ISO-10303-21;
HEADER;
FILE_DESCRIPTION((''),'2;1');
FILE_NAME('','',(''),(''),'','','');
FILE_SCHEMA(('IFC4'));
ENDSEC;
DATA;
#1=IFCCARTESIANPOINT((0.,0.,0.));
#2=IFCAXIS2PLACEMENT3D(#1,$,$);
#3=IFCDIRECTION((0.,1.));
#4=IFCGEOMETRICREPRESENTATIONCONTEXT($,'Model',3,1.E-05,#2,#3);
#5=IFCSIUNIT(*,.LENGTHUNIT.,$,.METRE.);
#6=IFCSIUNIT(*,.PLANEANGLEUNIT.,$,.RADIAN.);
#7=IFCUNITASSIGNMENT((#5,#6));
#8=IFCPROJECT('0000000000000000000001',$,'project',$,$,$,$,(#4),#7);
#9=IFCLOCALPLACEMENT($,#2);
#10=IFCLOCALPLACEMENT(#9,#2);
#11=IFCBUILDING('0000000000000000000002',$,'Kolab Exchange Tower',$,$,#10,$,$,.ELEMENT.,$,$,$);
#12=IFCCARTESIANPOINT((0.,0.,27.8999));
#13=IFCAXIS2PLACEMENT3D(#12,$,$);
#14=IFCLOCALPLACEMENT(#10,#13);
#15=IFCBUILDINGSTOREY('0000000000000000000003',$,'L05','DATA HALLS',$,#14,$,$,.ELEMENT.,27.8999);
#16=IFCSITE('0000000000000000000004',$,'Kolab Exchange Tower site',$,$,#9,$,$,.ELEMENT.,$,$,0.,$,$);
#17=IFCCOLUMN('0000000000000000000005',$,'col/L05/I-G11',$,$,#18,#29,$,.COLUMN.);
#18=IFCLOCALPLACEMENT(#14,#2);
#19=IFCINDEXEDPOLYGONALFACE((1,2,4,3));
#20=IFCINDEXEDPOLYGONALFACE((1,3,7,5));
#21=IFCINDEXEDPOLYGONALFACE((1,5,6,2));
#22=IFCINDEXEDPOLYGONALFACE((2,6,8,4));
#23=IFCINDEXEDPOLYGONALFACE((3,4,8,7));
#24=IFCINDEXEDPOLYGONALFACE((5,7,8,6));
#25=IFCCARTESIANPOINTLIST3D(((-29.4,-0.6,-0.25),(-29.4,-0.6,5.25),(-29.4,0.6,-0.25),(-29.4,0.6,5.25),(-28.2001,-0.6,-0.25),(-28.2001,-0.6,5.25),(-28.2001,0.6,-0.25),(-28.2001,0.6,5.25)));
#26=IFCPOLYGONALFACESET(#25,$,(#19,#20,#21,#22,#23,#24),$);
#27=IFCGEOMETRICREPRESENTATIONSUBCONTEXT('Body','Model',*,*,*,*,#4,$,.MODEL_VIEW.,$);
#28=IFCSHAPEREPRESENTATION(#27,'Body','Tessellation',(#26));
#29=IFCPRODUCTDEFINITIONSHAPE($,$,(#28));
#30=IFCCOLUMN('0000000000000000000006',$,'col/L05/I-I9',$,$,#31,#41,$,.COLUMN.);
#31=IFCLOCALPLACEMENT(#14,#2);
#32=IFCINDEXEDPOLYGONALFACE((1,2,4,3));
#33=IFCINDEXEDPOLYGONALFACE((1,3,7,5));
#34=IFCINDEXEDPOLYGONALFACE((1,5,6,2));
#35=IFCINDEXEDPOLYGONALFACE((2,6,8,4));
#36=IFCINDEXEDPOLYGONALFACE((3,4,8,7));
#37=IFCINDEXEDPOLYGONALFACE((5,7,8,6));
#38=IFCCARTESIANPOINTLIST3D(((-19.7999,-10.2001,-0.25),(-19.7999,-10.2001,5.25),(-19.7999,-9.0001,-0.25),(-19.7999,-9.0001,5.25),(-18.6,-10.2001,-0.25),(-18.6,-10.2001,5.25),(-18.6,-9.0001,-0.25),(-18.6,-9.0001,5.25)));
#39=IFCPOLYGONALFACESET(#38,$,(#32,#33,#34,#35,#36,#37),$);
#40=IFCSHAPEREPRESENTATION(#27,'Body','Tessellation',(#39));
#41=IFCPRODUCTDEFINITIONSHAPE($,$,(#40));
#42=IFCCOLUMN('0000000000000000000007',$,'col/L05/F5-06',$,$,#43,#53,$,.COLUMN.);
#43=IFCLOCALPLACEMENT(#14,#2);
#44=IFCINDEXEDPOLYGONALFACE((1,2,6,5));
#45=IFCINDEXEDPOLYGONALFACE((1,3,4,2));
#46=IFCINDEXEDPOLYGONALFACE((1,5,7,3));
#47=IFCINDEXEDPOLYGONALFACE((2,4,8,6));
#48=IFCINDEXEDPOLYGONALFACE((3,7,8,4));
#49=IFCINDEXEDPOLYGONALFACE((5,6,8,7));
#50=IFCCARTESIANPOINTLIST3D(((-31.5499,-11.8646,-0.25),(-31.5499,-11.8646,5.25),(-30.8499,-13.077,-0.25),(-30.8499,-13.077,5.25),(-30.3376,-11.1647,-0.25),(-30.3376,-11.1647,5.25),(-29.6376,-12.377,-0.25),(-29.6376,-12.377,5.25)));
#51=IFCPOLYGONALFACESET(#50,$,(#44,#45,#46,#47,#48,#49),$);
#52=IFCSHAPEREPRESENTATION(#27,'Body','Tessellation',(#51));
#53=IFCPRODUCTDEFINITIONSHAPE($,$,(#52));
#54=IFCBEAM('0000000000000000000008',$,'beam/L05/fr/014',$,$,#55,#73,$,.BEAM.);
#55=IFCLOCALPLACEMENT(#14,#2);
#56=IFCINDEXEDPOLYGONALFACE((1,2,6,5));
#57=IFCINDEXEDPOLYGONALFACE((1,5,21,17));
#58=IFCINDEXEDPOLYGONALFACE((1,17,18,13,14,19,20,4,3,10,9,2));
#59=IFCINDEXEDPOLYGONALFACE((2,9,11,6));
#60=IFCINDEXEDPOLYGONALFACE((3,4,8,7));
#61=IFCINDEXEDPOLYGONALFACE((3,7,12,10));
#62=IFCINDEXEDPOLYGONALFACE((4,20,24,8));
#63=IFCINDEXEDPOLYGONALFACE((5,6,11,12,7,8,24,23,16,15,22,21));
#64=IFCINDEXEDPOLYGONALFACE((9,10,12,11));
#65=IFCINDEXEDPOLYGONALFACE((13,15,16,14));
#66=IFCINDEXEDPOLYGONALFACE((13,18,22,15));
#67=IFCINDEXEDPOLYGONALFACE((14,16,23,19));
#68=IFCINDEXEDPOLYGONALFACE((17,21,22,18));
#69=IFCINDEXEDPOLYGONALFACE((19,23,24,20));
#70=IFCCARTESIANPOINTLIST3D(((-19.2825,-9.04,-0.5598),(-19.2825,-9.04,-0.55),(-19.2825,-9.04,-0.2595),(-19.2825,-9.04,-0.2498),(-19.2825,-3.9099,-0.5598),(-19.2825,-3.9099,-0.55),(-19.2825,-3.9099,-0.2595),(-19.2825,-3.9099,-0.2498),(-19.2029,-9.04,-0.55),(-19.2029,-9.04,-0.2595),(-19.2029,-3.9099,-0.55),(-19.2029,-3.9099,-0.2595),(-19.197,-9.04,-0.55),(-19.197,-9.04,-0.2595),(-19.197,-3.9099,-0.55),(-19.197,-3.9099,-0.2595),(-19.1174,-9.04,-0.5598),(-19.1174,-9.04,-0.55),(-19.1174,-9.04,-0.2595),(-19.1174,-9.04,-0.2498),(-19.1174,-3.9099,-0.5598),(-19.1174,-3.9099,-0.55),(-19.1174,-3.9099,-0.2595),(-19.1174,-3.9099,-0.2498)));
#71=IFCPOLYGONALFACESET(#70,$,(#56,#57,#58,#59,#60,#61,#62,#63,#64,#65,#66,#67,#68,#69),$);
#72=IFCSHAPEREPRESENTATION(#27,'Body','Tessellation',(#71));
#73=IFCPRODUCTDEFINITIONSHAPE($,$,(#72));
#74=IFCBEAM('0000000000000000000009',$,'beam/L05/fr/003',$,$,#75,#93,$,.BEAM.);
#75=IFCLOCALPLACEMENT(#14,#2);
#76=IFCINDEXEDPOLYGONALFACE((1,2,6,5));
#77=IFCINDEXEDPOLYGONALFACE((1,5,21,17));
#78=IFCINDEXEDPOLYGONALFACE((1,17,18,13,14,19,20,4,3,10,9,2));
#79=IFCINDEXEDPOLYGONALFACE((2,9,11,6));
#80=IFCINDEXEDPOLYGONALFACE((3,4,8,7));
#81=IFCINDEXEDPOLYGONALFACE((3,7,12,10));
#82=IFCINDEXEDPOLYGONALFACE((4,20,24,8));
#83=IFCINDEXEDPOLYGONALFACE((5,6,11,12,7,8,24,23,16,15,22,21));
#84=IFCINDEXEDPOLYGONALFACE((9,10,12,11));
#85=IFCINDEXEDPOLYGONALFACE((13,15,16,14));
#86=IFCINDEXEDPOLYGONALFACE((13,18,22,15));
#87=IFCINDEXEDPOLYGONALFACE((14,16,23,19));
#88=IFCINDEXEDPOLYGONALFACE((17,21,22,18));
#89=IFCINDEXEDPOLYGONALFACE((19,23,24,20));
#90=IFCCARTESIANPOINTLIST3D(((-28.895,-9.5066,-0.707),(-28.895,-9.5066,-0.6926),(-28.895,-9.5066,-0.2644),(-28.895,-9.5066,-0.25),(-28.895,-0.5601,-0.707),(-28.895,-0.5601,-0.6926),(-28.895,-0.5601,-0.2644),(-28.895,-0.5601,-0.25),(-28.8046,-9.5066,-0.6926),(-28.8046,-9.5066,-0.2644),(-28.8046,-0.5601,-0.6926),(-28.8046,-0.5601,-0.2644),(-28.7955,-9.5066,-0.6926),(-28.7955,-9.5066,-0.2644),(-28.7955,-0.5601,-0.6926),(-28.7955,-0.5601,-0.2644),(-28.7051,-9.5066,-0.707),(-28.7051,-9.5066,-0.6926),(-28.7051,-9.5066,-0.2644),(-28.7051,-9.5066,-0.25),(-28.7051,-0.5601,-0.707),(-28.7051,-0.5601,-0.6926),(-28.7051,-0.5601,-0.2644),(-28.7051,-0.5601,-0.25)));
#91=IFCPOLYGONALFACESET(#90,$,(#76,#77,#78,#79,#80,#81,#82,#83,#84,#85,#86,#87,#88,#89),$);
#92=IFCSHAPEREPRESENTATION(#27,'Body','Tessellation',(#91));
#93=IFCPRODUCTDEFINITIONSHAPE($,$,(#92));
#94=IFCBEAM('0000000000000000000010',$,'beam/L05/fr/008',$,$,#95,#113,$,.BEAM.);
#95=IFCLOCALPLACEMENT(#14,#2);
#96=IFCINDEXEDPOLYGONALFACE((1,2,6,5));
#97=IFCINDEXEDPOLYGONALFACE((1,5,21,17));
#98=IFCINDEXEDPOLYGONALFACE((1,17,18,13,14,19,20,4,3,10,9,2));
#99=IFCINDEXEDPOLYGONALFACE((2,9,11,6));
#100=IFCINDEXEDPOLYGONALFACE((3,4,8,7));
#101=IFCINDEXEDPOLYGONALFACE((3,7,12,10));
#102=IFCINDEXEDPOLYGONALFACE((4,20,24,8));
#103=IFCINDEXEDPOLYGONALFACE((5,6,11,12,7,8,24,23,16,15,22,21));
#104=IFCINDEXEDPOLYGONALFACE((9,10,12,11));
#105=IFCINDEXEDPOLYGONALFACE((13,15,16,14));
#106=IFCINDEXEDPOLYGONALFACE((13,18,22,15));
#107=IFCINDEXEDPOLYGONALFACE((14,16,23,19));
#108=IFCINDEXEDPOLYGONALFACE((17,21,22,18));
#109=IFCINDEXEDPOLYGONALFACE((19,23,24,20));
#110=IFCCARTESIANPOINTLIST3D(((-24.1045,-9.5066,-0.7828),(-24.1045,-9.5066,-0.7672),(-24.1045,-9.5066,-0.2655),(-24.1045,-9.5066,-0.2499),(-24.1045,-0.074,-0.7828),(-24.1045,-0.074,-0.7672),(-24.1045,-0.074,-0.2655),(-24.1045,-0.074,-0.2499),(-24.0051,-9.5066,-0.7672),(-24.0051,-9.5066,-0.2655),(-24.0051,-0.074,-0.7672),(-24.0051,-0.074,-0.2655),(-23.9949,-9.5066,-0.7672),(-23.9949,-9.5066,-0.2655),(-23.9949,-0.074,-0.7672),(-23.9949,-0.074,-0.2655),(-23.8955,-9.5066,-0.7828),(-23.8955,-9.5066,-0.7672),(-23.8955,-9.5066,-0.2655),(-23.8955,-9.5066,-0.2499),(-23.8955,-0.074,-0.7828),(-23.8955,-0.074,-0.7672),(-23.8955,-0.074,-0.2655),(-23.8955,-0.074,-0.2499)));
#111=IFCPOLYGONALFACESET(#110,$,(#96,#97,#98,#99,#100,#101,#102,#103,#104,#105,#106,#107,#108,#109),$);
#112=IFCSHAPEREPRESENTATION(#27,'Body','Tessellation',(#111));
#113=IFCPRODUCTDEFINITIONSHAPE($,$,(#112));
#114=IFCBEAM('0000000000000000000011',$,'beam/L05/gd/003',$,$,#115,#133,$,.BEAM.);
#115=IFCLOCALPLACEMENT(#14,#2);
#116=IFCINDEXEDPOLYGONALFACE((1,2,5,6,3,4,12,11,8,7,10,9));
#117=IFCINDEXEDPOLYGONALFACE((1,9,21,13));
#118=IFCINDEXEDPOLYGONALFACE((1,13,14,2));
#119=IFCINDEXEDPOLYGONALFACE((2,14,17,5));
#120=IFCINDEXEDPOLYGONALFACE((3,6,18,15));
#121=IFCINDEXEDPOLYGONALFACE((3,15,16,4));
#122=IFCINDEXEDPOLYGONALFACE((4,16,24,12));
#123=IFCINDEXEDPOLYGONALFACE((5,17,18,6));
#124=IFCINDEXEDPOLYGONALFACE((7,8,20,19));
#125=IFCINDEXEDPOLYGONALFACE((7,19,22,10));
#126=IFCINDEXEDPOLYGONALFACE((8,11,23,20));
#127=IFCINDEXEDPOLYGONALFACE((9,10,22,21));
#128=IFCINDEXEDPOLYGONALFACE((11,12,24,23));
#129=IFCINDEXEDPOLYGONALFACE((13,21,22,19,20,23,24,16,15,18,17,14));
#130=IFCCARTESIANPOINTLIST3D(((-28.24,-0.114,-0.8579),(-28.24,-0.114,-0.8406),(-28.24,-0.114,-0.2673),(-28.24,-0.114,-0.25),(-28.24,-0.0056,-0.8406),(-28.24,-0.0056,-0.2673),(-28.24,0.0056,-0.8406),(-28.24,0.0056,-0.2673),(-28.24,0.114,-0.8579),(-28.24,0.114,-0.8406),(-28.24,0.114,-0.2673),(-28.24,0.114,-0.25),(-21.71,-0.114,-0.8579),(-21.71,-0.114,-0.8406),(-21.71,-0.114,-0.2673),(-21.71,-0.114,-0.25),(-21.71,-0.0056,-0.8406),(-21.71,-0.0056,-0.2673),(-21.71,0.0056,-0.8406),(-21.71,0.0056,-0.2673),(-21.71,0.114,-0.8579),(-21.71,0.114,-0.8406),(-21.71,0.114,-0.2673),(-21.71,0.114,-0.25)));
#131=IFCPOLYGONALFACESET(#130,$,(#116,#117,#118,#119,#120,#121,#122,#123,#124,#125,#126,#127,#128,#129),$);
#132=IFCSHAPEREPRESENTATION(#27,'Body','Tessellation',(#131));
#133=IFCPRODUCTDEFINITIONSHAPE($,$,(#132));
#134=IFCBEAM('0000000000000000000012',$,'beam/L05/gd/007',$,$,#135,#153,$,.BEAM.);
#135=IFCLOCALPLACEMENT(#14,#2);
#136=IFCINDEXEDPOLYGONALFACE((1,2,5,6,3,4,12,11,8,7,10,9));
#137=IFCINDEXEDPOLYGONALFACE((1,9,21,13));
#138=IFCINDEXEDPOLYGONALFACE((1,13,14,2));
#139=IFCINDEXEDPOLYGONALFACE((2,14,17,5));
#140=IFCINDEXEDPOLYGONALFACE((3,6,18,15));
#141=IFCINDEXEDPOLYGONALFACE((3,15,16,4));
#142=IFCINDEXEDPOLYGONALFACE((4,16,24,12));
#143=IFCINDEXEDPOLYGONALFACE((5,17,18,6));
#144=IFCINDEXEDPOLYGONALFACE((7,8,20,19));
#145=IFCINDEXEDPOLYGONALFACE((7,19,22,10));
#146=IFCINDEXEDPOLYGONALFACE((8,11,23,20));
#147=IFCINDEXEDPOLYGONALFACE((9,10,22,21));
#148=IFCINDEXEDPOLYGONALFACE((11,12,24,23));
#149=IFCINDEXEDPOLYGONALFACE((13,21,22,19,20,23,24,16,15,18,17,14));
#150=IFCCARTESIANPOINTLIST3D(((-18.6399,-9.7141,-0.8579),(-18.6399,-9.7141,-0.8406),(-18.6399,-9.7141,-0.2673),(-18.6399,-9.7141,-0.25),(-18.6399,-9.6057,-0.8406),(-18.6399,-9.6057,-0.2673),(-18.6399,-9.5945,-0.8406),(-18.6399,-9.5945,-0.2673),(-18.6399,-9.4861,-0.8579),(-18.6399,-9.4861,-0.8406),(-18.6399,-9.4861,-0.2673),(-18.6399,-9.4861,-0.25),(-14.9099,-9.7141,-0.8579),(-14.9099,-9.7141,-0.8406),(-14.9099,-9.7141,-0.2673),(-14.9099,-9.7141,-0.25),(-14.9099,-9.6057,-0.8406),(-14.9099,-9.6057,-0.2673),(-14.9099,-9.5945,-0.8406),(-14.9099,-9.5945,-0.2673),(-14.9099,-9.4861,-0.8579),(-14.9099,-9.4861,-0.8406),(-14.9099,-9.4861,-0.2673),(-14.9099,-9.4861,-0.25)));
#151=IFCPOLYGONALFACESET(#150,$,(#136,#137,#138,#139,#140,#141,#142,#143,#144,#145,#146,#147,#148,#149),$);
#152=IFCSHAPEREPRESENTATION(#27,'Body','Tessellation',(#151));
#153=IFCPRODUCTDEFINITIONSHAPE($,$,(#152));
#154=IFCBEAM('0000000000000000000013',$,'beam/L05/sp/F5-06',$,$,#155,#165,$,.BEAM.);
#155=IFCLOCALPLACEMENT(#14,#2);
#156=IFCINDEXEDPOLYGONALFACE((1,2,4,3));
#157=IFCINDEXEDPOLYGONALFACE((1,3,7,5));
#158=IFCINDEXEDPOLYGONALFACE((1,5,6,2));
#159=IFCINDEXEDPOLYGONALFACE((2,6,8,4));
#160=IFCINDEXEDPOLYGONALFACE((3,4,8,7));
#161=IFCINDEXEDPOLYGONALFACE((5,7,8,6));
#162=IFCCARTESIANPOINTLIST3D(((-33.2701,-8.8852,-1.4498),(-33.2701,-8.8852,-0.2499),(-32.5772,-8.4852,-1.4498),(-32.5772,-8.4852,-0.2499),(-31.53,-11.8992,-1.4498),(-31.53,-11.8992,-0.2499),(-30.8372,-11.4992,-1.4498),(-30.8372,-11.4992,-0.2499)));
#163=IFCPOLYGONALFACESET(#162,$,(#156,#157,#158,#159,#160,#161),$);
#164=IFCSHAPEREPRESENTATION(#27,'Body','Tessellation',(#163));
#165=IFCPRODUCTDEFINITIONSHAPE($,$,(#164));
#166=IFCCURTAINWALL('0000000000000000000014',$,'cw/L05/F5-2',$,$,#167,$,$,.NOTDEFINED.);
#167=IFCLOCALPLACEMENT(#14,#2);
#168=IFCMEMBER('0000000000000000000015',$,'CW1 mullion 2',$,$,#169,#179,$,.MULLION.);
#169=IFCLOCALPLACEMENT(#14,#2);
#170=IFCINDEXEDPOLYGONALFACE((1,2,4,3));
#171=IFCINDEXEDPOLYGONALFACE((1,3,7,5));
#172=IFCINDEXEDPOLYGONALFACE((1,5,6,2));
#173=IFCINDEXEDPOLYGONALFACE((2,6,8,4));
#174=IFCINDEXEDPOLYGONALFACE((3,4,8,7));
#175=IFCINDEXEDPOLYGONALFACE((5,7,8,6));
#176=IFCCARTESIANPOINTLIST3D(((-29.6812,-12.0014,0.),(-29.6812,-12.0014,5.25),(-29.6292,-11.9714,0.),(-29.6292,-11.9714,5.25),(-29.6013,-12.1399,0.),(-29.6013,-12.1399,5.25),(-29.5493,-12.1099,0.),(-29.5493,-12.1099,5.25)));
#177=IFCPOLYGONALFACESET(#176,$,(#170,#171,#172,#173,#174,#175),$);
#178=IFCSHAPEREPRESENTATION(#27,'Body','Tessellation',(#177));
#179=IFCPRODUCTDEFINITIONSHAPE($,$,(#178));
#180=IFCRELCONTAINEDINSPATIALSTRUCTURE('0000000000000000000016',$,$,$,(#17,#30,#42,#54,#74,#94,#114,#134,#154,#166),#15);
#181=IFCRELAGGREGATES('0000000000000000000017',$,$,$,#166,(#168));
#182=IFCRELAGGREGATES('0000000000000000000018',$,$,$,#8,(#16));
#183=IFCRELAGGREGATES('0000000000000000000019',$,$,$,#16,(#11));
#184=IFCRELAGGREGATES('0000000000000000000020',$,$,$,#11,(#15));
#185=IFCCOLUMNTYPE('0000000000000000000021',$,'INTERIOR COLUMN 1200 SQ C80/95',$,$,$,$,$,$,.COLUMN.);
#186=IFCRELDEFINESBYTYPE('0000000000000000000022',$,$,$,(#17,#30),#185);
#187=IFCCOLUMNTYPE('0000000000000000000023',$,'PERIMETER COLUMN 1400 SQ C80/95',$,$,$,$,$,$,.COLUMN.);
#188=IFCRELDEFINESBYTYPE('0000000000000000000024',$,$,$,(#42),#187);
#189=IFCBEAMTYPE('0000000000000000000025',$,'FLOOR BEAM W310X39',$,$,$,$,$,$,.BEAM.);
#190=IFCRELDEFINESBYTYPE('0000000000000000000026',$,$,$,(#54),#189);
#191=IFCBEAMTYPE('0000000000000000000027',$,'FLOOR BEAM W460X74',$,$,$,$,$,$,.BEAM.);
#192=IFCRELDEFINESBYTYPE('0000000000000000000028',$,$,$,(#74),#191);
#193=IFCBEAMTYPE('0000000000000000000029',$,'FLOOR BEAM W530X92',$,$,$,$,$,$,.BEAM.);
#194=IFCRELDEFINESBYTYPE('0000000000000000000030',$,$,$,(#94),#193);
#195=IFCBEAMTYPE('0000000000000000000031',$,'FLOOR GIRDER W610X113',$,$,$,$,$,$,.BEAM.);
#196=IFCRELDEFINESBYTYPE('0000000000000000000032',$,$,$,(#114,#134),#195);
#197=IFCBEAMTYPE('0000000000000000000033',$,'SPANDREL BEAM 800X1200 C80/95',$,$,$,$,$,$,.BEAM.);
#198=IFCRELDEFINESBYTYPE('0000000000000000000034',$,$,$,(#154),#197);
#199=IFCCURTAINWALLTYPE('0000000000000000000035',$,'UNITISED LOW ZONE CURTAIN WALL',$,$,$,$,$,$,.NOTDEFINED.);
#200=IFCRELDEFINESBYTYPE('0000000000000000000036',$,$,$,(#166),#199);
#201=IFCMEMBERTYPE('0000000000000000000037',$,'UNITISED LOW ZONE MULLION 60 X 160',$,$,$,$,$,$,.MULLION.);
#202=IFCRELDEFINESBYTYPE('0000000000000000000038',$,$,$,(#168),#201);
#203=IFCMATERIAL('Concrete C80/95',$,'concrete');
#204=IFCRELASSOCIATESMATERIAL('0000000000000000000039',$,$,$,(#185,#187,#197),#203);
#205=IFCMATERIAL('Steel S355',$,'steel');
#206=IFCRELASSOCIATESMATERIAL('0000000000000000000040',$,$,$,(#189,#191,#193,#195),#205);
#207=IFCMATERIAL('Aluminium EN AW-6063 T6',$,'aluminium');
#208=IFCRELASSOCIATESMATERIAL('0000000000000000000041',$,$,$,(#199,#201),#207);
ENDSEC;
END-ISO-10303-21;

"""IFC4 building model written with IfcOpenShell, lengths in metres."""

from ifc_helpers import new_model, si_unit, direction, frame, origin, origin_2d, place, context, subcontext, project, spatial, rectangle, i_section, extrude, material, material_profile, profile_set, type_object, element, aggregate, save


model = new_model("IFC4")

# Units and contexts
model_context = context("Model", 3, precision=1e-05, world=origin(), true_north=direction((0.0, 1.0)))
body_context = subcontext(model_context, "Body", "Model", "MODEL_VIEW")
ifc_project = project(units=[si_unit("LENGTHUNIT", "METRE"), si_unit("PLANEANGLEUNIT", "RADIAN")], contexts=[model_context])

# Site, building, storey
site_placement = place(None, origin())
site = spatial("IfcSite", under=ifc_project, at=site_placement, Name="Kolab Exchange Tower site", CompositionType="ELEMENT", RefElevation=0.0)
building_placement = place(site_placement, origin())
building = spatial("IfcBuilding", under=site, at=building_placement, Name="Kolab Exchange Tower", CompositionType="ELEMENT")
storey_placement = place(building_placement, frame((0.0, 0.0, 27.8999)))
storey = spatial("IfcBuildingStorey", under=building, at=storey_placement, Name="L05", Description="DATA HALLS", CompositionType="ELEMENT", Elevation=27.8999)

# Columns
ifc_material_1 = material(Name="Concrete C80/95", Category="concrete")
ifc_material_profile_1 = material_profile(ifc_material_1, rectangle(XDim=1.2, YDim=1.2, at=origin_2d()), Name="RC1200")
ifc_profile_set_1 = profile_set([ifc_material_profile_1], Name="Concrete C80/95")
column_type_1 = type_object("IfcColumnType", Name="INTERIOR COLUMN 1200 SQ C80/95", PredefinedType="COLUMN", material=ifc_profile_set_1)
for number, where, z_axis, x_axis, name in (
    (1, (-28.8, 0.0, -0.25), (0.0, 0.0, 1.0), (1.0, 0.0, 0.0), "col/L05/I-G11"),
    (2, (-19.2, -9.6001, -0.25), (0.0, 0.0, 1.0), (1.0, 0.0, 0.0), "col/L05/I-I9"),
):
    element("IfcColumn", number, at=place(storey_placement, frame(where, z_axis=z_axis, x_axis=x_axis)), inside=storey, type_object=column_type_1, Name=name, PredefinedType="COLUMN", context=body_context, shape_type="SweptSolid", body=[
        extrude(rectangle(XDim=1.2, YDim=1.2, at=origin_2d()), origin(), (0.0, 0.0, 1.0), 5.5),
    ])
ifc_material_profile_2 = material_profile(ifc_material_1, rectangle(XDim=1.3999, YDim=1.3999, at=origin_2d()), Name="RC1400")
ifc_profile_set_2 = profile_set([ifc_material_profile_2], Name="Concrete C80/95")
column_type_2 = type_object("IfcColumnType", Name="PERIMETER COLUMN 1400 SQ C80/95", PredefinedType="COLUMN", material=ifc_profile_set_2)
column_placement = place(storey_placement, frame((-30.5938, -12.1208, -0.25), z_axis=(0.0, 0.0, 1.0), x_axis=(0.866025, 0.5, 0.0)))
element("IfcColumn", 3, at=column_placement, inside=storey, type_object=column_type_2, Name="col/L05/F5-06", PredefinedType="COLUMN", context=body_context, shape_type="SweptSolid", body=[
    extrude(rectangle(XDim=1.3999, YDim=1.3999, at=origin_2d()), origin(), (0.0, 0.0, 1.0), 5.5),
])

# Beams
ifc_material_2 = material(Name="Steel S355", Category="steel")
ifc_material_profile_3 = material_profile(ifc_material_2, i_section(OverallWidth=0.165, OverallDepth=0.3101, WebThickness=0.0059, FlangeThickness=0.0098, at=origin_2d()), Name="W310X39")
ifc_profile_set_3 = profile_set([ifc_material_profile_3], Name="Steel S355")
beam_type_1 = type_object("IfcBeamType", Name="FLOOR BEAM W310X39", PredefinedType="BEAM", material=ifc_profile_set_3)
beam_1_placement = place(storey_placement, frame((-19.2, -9.04, -0.4048), z_axis=(0.0, 1.0, 0.0), x_axis=(-1.0, 0.0, 0.0)))
element("IfcBeam", 4, at=beam_1_placement, inside=storey, type_object=beam_type_1, Name="beam/L05/fr/014", PredefinedType="BEAM", context=body_context, shape_type="SweptSolid", body=[
    extrude(i_section(OverallWidth=0.165, OverallDepth=0.3101, WebThickness=0.0059, FlangeThickness=0.0098, at=origin_2d()), origin(), (0.0, 0.0, 1.0), 5.1301),
])
ifc_material_profile_4 = material_profile(ifc_material_2, i_section(OverallWidth=0.1899, OverallDepth=0.457, WebThickness=0.009, FlangeThickness=0.0144, at=origin_2d()), Name="W460X74")
ifc_profile_set_4 = profile_set([ifc_material_profile_4], Name="Steel S355")
beam_type_2 = type_object("IfcBeamType", Name="FLOOR BEAM W460X74", PredefinedType="BEAM", material=ifc_profile_set_4)
beam_2_placement = place(storey_placement, frame((-28.8, -9.5066, -0.4785), z_axis=(0.0, 1.0, 0.0), x_axis=(-1.0, 0.0, 0.0)))
element("IfcBeam", 5, at=beam_2_placement, inside=storey, type_object=beam_type_2, Name="beam/L05/fr/003", PredefinedType="BEAM", context=body_context, shape_type="SweptSolid", body=[
    extrude(i_section(OverallWidth=0.1899, OverallDepth=0.457, WebThickness=0.009, FlangeThickness=0.0144, at=origin_2d()), origin(), (0.0, 0.0, 1.0), 8.9465),
])
ifc_material_profile_5 = material_profile(ifc_material_2, i_section(OverallWidth=0.209, OverallDepth=0.533, WebThickness=0.0103, FlangeThickness=0.0156, at=origin_2d()), Name="W530X92")
ifc_profile_set_5 = profile_set([ifc_material_profile_5], Name="Steel S355")
beam_type_3 = type_object("IfcBeamType", Name="FLOOR BEAM W530X92", PredefinedType="BEAM", material=ifc_profile_set_5)
beam_3_placement = place(storey_placement, frame((-24.0, -9.5066, -0.5164), z_axis=(0.0, 1.0, 0.0), x_axis=(-1.0, 0.0, 0.0)))
element("IfcBeam", 6, at=beam_3_placement, inside=storey, type_object=beam_type_3, Name="beam/L05/fr/008", PredefinedType="BEAM", context=body_context, shape_type="SweptSolid", body=[
    extrude(i_section(OverallWidth=0.209, OverallDepth=0.533, WebThickness=0.0103, FlangeThickness=0.0156, at=origin_2d()), origin(), (0.0, 0.0, 1.0), 9.4326),
])
ifc_material_profile_6 = material_profile(ifc_material_2, i_section(OverallWidth=0.228, OverallDepth=0.6079, WebThickness=0.0112, FlangeThickness=0.0173, at=origin_2d()), Name="W610X113")
ifc_profile_set_6 = profile_set([ifc_material_profile_6], Name="Steel S355")
beam_type_4 = type_object("IfcBeamType", Name="FLOOR GIRDER W610X113", PredefinedType="BEAM", material=ifc_profile_set_6)
beam_4_placement = place(storey_placement, frame((-28.24, 0.0, -0.554), z_axis=(1.0, 0.0, 0.0), x_axis=(0.0, 1.0, 0.0)))
element("IfcBeam", 7, at=beam_4_placement, inside=storey, type_object=beam_type_4, Name="beam/L05/gd/003", PredefinedType="BEAM", context=body_context, shape_type="SweptSolid", body=[
    extrude(i_section(OverallWidth=0.228, OverallDepth=0.6079, WebThickness=0.0112, FlangeThickness=0.0173, at=origin_2d()), origin(), (0.0, 0.0, 1.0), 6.53),
])
beam_5_placement = place(storey_placement, frame((-18.6399, -9.6001, -0.554), z_axis=(1.0, 0.0, 0.0), x_axis=(0.0, 1.0, 0.0)))
element("IfcBeam", 8, at=beam_5_placement, inside=storey, type_object=beam_type_4, Name="beam/L05/gd/007", PredefinedType="BEAM", context=body_context, shape_type="SweptSolid", body=[
    extrude(i_section(OverallWidth=0.228, OverallDepth=0.6079, WebThickness=0.0112, FlangeThickness=0.0173, at=origin_2d()), origin(), (0.0, 0.0, 1.0), 3.73),
])
ifc_material_profile_7 = material_profile(ifc_material_1, rectangle(XDim=0.8, YDim=1.2, at=origin_2d()), Name="RC800X1200")
ifc_profile_set_7 = profile_set([ifc_material_profile_7], Name="Concrete C80/95")
beam_type_5 = type_object("IfcBeamType", Name="SPANDREL BEAM 800X1200 C80/95", PredefinedType="BEAM", material=ifc_profile_set_7)
beam_6_placement = place(storey_placement, frame((-31.1836, -11.6992, -0.8499), z_axis=(-0.49998, 0.866037, 0.0), x_axis=(-0.866037, -0.49998, 0.0)))
element("IfcBeam", 9, at=beam_6_placement, inside=storey, type_object=beam_type_5, Name="beam/L05/sp/F5-06", PredefinedType="BEAM", context=body_context, shape_type="SweptSolid", body=[
    extrude(rectangle(XDim=0.8, YDim=1.2, at=origin_2d()), origin(), (0.0, 0.0, 1.0), 3.4802),
])

# Curtain wall, member
ifc_material_3 = material(Name="Aluminium EN AW-6063 T6", Category="aluminium")
curtain_wall_type = type_object("IfcCurtainWallType", Name="UNITISED LOW ZONE CURTAIN WALL", PredefinedType="NOTDEFINED", material=ifc_material_3)
curtain_wall_placement = place(storey_placement, origin())
curtain_wall = element("IfcCurtainWall", 10, at=curtain_wall_placement, inside=storey, type_object=curtain_wall_type, Name="cw/L05/F5-2", PredefinedType="NOTDEFINED")
ifc_material_profile_8 = material_profile(ifc_material_3, rectangle(XDim=0.0601, YDim=0.1599, at=origin_2d()), Name="RECT 60X160")
ifc_profile_set_8 = profile_set([ifc_material_profile_8], Name="Aluminium EN AW-6063 T6")
member_type_1 = type_object("IfcMemberType", Name="UNITISED LOW ZONE MULLION 60 X 160", PredefinedType="MULLION", material=ifc_profile_set_8)
member_1_placement = place(storey_placement, frame((-29.6152, -12.0557, 0.0), z_axis=(0.0, 0.0, 1.0), x_axis=(-0.866025, -0.5, 0.0)))
member_1 = element("IfcMember", 11, at=member_1_placement, type_object=member_type_1, Name="CW1 mullion 2", PredefinedType="MULLION", context=body_context, shape_type="SweptSolid", body=[
    extrude(rectangle(XDim=0.0601, YDim=0.1599, at=origin_2d()), origin(), (0.0, 0.0, 1.0), 5.25),
])
aggregate(curtain_wall, [member_1])

save(model, "model.ifc")
